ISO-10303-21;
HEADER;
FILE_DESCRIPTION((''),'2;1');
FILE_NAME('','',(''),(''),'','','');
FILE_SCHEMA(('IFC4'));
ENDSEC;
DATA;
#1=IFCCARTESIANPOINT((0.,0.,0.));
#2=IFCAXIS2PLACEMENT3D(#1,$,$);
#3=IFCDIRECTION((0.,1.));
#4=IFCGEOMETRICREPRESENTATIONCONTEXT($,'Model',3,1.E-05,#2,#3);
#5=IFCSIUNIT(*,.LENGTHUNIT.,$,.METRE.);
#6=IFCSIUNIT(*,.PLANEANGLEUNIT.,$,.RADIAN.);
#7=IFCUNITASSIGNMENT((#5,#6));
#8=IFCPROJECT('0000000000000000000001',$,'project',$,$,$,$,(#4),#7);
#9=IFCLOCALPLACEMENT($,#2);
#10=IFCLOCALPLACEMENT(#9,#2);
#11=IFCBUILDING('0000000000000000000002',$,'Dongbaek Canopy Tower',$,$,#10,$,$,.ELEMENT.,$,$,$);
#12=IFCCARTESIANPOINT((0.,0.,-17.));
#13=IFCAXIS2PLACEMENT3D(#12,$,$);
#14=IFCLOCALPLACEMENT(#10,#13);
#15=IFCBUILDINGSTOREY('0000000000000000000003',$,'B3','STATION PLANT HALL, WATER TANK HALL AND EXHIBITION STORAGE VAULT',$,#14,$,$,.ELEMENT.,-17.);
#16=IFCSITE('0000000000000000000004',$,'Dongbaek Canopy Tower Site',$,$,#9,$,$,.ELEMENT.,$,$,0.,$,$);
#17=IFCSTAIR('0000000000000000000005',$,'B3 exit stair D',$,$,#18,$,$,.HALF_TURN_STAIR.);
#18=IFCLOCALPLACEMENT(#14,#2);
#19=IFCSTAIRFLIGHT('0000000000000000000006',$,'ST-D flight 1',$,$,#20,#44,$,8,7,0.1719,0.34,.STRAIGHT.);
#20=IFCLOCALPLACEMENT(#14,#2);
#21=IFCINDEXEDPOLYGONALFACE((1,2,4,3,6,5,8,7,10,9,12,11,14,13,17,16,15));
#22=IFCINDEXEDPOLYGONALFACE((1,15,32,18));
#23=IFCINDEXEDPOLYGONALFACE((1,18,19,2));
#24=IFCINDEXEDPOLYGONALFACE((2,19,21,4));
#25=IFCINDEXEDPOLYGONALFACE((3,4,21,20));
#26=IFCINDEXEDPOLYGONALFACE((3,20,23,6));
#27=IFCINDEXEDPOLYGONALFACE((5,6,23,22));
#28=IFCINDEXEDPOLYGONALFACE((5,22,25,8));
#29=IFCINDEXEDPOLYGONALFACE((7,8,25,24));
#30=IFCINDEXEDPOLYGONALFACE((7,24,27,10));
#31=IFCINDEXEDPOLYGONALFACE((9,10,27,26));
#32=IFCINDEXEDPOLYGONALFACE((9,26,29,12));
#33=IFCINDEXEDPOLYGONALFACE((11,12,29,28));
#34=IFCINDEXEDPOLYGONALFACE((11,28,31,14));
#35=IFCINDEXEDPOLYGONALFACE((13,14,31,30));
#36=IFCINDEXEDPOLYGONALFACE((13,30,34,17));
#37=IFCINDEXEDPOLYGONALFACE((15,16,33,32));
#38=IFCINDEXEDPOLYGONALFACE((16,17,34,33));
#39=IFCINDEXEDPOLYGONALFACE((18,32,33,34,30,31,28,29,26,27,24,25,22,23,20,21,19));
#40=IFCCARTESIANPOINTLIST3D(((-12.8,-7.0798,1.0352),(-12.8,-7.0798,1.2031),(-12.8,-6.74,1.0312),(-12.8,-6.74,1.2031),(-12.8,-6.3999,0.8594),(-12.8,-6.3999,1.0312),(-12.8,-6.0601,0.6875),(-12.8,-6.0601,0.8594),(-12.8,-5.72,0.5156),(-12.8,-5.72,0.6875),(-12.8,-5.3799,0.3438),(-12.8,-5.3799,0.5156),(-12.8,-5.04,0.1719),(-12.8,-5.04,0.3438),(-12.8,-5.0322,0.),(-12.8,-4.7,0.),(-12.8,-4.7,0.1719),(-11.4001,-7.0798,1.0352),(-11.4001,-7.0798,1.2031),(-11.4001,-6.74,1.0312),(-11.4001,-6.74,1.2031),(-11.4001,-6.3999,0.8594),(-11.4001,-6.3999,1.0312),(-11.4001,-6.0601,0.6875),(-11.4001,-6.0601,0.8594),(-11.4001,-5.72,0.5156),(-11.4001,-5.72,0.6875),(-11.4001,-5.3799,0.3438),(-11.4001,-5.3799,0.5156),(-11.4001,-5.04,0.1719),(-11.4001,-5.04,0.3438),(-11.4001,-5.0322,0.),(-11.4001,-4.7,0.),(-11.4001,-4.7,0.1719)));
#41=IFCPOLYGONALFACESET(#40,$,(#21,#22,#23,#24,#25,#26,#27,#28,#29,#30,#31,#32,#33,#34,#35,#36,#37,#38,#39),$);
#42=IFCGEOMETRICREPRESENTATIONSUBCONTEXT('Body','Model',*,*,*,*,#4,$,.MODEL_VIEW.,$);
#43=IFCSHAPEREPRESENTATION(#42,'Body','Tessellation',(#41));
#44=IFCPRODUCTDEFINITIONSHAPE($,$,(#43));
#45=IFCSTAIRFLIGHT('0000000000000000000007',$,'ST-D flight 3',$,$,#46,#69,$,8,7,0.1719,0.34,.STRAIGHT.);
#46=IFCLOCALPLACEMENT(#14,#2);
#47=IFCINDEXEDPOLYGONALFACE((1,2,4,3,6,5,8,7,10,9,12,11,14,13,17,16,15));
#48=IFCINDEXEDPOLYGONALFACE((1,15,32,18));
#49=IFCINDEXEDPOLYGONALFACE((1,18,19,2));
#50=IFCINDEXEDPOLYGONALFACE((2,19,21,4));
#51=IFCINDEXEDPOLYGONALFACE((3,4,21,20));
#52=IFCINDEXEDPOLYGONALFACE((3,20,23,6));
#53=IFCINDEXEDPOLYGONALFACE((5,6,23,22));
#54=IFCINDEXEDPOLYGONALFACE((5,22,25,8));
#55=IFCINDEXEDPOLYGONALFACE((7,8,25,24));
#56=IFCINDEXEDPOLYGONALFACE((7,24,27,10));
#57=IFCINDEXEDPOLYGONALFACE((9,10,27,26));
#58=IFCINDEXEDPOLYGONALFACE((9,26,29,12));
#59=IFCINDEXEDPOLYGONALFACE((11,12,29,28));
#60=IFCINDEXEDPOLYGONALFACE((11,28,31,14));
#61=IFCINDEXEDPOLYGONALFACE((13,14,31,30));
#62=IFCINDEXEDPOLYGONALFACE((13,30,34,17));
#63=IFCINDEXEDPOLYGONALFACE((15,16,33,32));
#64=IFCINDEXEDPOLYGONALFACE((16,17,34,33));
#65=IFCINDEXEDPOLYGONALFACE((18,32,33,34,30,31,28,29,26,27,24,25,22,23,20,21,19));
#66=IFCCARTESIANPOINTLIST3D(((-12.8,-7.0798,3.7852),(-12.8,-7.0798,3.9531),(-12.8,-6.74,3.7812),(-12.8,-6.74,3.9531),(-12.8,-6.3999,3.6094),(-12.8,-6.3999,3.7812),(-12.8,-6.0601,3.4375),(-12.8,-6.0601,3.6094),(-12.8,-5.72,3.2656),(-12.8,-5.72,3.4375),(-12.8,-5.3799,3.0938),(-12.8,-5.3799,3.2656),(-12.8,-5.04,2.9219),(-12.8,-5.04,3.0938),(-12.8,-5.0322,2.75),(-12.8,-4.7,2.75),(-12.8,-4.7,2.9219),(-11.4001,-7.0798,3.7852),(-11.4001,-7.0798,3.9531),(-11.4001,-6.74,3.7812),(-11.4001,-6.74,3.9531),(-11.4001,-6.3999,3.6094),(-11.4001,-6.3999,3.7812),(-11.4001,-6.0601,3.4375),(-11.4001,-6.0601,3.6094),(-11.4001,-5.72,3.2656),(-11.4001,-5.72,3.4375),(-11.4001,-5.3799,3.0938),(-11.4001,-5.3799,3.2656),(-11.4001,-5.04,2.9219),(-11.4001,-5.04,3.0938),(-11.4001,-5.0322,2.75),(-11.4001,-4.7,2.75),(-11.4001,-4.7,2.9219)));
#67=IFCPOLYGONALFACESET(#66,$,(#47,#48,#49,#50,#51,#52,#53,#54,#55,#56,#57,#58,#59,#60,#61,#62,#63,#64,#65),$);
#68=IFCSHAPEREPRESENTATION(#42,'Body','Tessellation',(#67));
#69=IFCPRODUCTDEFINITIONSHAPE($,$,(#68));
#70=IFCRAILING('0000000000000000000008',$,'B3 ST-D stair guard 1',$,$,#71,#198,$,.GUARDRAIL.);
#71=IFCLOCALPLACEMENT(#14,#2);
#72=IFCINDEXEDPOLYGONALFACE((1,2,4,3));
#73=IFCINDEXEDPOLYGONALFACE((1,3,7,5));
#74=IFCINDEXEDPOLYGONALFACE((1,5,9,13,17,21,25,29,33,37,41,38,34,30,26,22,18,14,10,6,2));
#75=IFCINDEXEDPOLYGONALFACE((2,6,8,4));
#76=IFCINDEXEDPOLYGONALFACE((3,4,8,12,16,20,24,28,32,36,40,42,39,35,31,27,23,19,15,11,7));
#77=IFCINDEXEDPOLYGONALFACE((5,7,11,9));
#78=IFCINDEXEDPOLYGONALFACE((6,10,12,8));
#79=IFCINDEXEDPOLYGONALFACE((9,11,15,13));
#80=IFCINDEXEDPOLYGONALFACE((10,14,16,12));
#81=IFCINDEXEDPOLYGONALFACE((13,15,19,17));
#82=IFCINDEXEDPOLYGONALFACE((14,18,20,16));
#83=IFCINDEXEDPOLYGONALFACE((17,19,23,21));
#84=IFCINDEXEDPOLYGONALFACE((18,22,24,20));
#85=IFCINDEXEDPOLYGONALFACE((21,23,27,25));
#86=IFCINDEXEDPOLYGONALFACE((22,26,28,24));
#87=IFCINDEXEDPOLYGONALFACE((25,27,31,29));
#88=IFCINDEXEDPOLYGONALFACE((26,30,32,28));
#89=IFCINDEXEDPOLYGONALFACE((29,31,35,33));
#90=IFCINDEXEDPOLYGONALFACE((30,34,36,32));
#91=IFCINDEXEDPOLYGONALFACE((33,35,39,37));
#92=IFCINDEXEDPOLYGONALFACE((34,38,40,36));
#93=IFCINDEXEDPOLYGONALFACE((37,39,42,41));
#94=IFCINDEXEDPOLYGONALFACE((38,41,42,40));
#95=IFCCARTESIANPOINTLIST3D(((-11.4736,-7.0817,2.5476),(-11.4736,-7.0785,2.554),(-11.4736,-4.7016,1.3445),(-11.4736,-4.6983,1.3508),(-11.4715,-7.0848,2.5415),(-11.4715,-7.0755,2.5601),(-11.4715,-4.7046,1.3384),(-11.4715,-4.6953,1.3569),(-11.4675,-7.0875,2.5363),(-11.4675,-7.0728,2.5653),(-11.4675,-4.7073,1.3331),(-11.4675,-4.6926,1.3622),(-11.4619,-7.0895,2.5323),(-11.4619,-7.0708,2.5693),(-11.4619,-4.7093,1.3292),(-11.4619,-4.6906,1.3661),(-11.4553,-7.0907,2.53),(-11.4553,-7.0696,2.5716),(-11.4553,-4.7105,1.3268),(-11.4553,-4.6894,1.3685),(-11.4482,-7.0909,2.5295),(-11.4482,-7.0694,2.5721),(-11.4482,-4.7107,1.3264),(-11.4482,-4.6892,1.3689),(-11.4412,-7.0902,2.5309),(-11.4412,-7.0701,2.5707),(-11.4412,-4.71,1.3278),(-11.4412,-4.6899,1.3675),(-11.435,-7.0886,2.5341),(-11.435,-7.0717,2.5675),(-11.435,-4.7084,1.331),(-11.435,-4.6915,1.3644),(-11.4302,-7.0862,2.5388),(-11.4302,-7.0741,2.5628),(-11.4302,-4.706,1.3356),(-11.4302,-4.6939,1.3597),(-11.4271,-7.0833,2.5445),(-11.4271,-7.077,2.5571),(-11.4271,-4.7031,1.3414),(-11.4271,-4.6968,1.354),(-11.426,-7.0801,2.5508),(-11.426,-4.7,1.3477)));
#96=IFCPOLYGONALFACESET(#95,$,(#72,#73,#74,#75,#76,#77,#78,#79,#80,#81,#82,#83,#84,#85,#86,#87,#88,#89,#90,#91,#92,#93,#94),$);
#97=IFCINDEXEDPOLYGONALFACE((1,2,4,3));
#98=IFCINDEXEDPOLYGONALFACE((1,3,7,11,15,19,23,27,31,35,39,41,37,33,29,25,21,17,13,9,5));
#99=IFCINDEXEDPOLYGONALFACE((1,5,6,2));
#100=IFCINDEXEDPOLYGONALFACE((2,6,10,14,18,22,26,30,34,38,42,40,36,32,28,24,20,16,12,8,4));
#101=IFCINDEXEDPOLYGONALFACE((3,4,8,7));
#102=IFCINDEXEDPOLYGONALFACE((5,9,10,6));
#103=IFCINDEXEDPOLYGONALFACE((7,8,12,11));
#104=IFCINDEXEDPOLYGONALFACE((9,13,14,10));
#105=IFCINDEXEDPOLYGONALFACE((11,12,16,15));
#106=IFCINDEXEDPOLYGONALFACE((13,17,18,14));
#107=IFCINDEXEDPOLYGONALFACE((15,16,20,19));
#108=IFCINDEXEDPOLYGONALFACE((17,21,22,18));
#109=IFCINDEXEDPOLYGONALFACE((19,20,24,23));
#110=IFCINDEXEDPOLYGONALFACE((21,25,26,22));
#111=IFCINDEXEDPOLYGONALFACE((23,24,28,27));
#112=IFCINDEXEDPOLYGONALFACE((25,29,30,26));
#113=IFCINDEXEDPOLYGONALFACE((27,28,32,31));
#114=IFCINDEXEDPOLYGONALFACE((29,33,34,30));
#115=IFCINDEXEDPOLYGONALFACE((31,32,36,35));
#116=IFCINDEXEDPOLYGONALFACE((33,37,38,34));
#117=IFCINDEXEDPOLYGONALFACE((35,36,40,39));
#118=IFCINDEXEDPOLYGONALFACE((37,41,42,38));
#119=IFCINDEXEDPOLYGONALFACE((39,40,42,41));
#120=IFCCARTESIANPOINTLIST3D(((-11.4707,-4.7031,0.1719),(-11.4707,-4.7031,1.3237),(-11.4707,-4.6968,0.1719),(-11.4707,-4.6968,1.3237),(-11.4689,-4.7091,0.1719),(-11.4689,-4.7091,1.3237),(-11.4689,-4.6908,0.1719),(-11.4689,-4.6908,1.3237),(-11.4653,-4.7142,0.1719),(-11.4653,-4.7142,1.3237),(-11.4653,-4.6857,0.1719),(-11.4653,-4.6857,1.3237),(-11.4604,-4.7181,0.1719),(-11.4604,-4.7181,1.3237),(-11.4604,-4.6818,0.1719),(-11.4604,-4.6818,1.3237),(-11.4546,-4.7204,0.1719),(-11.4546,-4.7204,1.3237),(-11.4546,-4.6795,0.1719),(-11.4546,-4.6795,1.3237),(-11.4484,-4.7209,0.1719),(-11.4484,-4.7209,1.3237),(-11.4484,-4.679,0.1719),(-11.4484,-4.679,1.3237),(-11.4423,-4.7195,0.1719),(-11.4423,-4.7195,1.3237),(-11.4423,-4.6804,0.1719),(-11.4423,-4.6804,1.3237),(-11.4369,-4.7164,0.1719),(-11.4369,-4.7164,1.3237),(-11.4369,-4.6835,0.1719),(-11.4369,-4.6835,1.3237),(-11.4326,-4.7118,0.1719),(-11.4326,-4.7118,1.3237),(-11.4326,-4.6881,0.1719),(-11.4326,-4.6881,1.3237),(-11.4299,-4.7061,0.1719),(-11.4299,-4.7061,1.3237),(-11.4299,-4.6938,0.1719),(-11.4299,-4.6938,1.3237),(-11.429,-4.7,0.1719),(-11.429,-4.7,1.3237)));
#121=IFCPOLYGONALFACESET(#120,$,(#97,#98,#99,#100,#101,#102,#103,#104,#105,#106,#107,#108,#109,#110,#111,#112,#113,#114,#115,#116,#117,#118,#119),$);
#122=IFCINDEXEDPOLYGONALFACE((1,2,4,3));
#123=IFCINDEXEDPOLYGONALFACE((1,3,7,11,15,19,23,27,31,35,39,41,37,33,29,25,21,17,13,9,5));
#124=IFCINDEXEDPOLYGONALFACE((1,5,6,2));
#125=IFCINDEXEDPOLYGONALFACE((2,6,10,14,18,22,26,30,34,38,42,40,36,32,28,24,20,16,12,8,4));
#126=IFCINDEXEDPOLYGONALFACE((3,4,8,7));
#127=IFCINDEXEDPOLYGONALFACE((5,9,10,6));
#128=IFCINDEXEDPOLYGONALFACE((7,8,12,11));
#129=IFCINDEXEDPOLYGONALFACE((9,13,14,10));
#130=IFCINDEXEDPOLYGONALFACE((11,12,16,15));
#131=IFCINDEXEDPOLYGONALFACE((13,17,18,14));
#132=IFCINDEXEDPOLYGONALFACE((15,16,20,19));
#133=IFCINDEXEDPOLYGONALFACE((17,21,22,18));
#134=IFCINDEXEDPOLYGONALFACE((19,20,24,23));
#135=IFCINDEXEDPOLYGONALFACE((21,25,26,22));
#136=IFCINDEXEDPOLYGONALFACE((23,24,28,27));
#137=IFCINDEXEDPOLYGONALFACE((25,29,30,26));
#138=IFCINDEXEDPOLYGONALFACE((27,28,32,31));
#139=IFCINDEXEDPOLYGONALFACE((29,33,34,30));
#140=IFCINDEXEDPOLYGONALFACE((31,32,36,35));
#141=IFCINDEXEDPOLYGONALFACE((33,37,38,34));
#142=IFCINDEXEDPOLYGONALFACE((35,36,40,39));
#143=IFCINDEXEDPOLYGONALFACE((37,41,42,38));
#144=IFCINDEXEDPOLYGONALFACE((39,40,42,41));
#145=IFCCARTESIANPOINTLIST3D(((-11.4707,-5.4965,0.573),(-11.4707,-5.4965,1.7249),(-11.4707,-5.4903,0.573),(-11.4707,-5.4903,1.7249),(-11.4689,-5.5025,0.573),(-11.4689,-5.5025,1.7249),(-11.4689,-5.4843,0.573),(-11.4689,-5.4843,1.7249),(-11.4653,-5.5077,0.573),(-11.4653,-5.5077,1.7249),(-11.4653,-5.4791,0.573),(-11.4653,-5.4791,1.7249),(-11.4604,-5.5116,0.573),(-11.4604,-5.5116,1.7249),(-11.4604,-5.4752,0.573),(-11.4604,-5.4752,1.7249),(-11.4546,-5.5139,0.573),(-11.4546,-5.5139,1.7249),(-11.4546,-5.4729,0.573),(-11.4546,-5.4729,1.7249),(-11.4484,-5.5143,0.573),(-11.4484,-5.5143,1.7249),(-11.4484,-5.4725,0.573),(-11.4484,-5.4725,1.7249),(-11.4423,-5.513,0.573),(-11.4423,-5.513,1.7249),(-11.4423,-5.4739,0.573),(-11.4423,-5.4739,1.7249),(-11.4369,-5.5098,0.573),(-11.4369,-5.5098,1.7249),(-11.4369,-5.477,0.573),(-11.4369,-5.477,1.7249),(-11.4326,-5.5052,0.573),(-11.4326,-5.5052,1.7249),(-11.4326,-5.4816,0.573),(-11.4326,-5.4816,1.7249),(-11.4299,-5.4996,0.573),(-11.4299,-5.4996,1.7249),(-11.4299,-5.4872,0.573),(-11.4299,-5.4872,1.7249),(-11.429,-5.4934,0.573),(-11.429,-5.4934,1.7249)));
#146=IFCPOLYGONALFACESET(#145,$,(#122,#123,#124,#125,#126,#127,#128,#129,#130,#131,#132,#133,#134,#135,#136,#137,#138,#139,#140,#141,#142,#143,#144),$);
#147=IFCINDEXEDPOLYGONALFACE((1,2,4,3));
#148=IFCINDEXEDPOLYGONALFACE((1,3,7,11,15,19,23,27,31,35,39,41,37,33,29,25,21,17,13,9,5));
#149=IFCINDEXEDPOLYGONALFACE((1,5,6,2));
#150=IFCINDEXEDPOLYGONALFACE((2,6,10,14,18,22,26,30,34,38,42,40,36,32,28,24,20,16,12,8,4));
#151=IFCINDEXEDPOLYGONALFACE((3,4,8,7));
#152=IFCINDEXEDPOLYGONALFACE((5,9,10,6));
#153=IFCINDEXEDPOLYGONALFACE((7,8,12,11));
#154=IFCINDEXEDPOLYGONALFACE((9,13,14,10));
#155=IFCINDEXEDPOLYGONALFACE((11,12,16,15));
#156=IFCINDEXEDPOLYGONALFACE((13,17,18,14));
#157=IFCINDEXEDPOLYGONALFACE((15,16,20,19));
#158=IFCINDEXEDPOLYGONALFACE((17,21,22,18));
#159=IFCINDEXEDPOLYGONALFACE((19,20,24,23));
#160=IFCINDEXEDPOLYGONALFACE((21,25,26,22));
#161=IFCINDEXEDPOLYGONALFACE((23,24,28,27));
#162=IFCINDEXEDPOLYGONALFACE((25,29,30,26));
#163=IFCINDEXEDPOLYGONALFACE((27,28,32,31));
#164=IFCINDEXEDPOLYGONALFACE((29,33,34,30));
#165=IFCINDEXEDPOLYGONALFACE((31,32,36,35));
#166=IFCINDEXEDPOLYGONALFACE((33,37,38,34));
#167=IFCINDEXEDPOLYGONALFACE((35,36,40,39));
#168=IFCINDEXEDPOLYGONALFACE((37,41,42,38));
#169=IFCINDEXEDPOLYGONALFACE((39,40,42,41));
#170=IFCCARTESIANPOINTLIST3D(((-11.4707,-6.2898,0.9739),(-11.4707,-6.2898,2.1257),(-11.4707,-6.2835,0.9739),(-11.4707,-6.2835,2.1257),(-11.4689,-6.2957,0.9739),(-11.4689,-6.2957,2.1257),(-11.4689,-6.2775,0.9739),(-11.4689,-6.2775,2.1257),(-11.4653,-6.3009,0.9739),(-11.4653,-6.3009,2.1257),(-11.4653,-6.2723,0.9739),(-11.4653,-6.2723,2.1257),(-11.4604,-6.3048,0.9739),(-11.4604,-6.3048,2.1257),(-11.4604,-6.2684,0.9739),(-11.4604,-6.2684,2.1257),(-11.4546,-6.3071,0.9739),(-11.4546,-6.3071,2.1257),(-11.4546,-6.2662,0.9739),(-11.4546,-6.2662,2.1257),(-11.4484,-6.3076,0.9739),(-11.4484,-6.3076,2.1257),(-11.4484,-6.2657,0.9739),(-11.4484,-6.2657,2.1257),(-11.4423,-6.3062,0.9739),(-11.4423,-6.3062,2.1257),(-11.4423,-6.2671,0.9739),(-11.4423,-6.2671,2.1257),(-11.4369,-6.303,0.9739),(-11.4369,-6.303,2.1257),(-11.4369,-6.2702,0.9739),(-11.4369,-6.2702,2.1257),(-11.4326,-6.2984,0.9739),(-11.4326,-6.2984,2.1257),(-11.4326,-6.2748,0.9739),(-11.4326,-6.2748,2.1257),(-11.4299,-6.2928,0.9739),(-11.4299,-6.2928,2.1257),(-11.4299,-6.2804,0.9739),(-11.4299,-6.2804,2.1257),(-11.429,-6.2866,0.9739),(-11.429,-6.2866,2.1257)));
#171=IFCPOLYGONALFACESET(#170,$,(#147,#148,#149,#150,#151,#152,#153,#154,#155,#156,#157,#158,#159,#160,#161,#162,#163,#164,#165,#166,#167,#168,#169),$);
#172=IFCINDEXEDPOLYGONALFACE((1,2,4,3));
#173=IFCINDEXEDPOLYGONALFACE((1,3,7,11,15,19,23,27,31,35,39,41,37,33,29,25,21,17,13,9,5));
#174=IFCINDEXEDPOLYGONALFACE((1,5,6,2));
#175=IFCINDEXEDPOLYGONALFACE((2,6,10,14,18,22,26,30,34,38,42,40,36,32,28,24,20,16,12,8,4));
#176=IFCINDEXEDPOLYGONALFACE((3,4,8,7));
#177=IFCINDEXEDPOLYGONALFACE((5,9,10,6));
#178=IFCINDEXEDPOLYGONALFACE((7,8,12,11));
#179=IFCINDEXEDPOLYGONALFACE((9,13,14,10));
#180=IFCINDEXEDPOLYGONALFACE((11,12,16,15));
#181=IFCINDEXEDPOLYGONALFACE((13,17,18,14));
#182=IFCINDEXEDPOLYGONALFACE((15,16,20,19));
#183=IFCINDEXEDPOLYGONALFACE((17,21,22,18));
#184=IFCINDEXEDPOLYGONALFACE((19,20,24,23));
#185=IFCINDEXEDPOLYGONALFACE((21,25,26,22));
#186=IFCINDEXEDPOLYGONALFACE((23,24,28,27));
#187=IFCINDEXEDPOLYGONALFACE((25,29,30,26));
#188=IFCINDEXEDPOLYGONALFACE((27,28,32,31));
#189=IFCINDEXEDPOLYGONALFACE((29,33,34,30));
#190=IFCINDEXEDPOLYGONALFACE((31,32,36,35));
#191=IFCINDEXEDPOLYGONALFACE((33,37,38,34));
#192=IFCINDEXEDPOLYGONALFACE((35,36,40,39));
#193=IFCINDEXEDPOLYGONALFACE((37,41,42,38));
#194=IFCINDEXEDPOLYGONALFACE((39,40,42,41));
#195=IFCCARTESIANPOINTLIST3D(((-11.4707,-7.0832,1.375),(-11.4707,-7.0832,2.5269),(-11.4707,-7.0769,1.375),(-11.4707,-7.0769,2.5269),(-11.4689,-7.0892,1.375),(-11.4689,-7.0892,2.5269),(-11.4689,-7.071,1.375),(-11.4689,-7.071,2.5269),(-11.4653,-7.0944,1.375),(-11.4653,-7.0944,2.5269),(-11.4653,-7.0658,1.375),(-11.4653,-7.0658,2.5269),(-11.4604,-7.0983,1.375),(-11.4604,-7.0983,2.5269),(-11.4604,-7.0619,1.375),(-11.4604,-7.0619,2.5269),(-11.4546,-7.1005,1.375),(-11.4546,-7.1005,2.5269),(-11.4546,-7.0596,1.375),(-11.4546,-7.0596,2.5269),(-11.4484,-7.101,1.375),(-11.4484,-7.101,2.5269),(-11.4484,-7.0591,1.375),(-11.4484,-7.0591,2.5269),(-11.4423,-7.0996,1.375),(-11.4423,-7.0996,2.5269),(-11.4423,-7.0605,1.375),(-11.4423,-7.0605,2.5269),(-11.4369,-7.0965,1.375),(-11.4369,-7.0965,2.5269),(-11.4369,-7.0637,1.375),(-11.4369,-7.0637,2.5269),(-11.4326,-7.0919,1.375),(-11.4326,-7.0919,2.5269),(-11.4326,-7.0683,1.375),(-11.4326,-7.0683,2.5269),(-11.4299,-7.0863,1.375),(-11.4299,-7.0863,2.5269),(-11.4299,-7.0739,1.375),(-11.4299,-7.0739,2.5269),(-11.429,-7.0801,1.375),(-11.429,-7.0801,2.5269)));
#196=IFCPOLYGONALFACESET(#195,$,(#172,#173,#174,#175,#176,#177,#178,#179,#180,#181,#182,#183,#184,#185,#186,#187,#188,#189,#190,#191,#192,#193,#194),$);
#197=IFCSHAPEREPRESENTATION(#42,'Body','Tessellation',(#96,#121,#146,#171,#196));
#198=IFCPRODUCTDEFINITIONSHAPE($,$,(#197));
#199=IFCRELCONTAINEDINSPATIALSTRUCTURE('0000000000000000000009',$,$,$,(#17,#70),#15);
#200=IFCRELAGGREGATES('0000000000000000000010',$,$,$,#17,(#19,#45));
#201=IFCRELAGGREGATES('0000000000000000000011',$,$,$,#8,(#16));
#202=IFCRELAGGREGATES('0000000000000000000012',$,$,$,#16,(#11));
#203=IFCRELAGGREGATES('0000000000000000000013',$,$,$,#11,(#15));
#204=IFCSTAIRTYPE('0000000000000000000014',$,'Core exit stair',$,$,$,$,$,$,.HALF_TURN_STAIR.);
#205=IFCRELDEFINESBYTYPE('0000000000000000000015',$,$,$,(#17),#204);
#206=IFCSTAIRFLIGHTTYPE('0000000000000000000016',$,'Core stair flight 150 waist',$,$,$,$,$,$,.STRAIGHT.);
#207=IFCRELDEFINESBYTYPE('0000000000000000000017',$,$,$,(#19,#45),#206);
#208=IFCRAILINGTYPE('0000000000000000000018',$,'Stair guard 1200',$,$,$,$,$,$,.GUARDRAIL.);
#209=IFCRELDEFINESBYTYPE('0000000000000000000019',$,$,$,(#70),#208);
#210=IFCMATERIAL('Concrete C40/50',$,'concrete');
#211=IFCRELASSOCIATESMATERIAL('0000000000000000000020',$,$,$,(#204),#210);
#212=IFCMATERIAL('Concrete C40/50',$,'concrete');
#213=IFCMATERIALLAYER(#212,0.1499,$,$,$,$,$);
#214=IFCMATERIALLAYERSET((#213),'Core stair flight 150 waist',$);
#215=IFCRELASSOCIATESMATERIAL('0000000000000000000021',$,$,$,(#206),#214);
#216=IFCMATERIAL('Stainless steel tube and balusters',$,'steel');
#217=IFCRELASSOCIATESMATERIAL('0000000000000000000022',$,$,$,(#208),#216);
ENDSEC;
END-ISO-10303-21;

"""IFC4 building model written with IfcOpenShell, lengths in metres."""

from ifc_helpers import new_model, si_unit, direction, frame, origin, origin_2d, place, context, subcontext, project, spatial, polyline, circle, outline, extrude, material, layer, layer_set, type_object, element, aggregate, save


model = new_model("IFC4")

# Units and contexts
model_context = context("Model", 3, precision=1e-05, world=origin(), true_north=direction((0.0, 1.0)))
body_context = subcontext(model_context, "Body", "Model", "MODEL_VIEW")
ifc_project = project(units=[si_unit("LENGTHUNIT", "METRE"), si_unit("PLANEANGLEUNIT", "RADIAN")], contexts=[model_context])

# Site, building, storey
site_placement = place(None, origin())
site = spatial("IfcSite", under=ifc_project, at=site_placement, Name="Dongbaek Canopy Tower Site", CompositionType="ELEMENT", RefElevation=0.0)
building_placement = place(site_placement, origin())
building = spatial("IfcBuilding", under=site, at=building_placement, Name="Dongbaek Canopy Tower", CompositionType="ELEMENT")
storey_placement = place(building_placement, frame((0.0, 0.0, -17.0)))
storey = spatial("IfcBuildingStorey", under=building, at=storey_placement, Name="B3", Description="STATION PLANT HALL, WATER TANK HALL AND EXHIBITION STORAGE VAULT", CompositionType="ELEMENT", Elevation=-17.0)

# Stair, stair flights
ifc_material_1 = material(Name="Concrete C40/50", Category="concrete")
stair_type = type_object("IfcStairType", Name="Core exit stair", PredefinedType="HALF_TURN_STAIR", material=ifc_material_1)
stair_placement = place(storey_placement, origin())
stair = element("IfcStair", 1, at=stair_placement, inside=storey, type_object=stair_type, Name="B3 exit stair D", PredefinedType="HALF_TURN_STAIR")
ifc_material_2 = material(Name="Concrete C40/50", Category="concrete")
ifc_layer_1 = layer(ifc_material_2, 0.1499)
ifc_layer_set_1 = layer_set([ifc_layer_1], Name="Core stair flight 150 waist")
stair_flight_type = type_object("IfcStairFlightType", Name="Core stair flight 150 waist", PredefinedType="STRAIGHT", material=ifc_layer_set_1)
stair_flight_1_placement = place(storey_placement, frame((-12.1001, -4.7, 0.0), z_axis=(0.0, 0.0, 1.0), x_axis=(0.0, -1.0, 0.0)))
stair_flight_1 = element("IfcStairFlight", 2, at=stair_flight_1_placement, type_object=stair_flight_type, Name="ST-D flight 1", NumberOfRisers=8, NumberOfTreads=7, PredefinedType="STRAIGHT", RiserHeight=0.1719, TreadLength=0.34, context=body_context, shape_type="SweptSolid", body=[
    extrude(outline(polyline([(0.0, 0.0), (0.0, 0.1719), (0.3401, 0.1719), (0.3401, 0.3438), (0.6799, 0.3438), (0.6799, 0.5156), (1.02, 0.5156), (1.02, 0.6875), (1.3601, 0.6875), (1.3601, 0.8594), (1.7, 0.8594), (1.7, 1.0312), (2.04, 1.0312), (2.04, 1.2031), (2.3799, 1.2031), (2.3799, 1.375), (2.3799, 1.0352), (0.3323, 0.0), (0.0, 0.0)])), frame((0.0, 0.7, 0.0), z_axis=(0.0, -1.0, 0.0), x_axis=(1.0, 0.0, 0.0)), (0.0, 0.0, 1.0), 1.3999),
])
stair_flight_2_placement = place(storey_placement, frame((-12.1001, -4.7, 2.75), z_axis=(0.0, 0.0, 1.0), x_axis=(0.0, -1.0, 0.0)))
stair_flight_2 = element("IfcStairFlight", 3, at=stair_flight_2_placement, type_object=stair_flight_type, Name="ST-D flight 3", NumberOfRisers=8, NumberOfTreads=7, PredefinedType="STRAIGHT", RiserHeight=0.1719, TreadLength=0.34, context=body_context, shape_type="SweptSolid", body=[
    extrude(outline(polyline([(0.0, 0.0), (0.0, 0.1719), (0.3401, 0.1719), (0.3401, 0.3438), (0.6799, 0.3438), (0.6799, 0.5156), (1.02, 0.5156), (1.02, 0.6875), (1.3601, 0.6875), (1.3601, 0.8594), (1.7, 0.8594), (1.7, 1.0312), (2.04, 1.0312), (2.04, 1.2031), (2.3799, 1.2031), (2.3799, 1.375), (2.3799, 1.0352), (0.3323, 0.0), (0.0, 0.0)])), frame((0.0, 0.7, 0.0), z_axis=(0.0, -1.0, 0.0), x_axis=(1.0, 0.0, 0.0)), (0.0, 0.0, 1.0), 1.3999),
])
aggregate(stair, [stair_flight_1, stair_flight_2])

# Railing
ifc_material_3 = material(Name="Stainless steel tube and balusters", Category="steel")
railing_type_1 = type_object("IfcRailingType", Name="Stair guard 1200", PredefinedType="GUARDRAIL", material=ifc_material_3)
railing_1_placement = place(storey_placement, frame((-11.45, -4.7, 0.1719)))
element("IfcRailing", 4, at=railing_1_placement, inside=storey, type_object=railing_type_1, Name="B3 ST-D stair guard 1", PredefinedType="GUARDRAIL", context=body_context, shape_type="SweptSolid", body=[
    extrude(circle(Radius=0.0239, at=origin_2d()), frame((0.0, 0.0, 1.1758), z_axis=(0.0, -0.89246, 0.451127), x_axis=(1.0, 0.0, 0.0)), (0.0, 0.0, 1.0), 2.667),
    extrude(circle(Radius=0.021, at=origin_2d()), origin(), (0.0, 0.0, 1.0), 1.1519),
    extrude(circle(Radius=0.021, at=origin_2d()), frame((0.0, -0.7935, 0.4011)), (0.0, 0.0, 1.0), 1.1519),
    extrude(circle(Radius=0.021, at=origin_2d()), frame((0.0, -1.5867, 0.802)), (0.0, 0.0, 1.0), 1.1519),
    extrude(circle(Radius=0.021, at=origin_2d()), frame((0.0, -2.3801, 1.2031)), (0.0, 0.0, 1.0), 1.1519),
])

save(model, "model.ifc")
